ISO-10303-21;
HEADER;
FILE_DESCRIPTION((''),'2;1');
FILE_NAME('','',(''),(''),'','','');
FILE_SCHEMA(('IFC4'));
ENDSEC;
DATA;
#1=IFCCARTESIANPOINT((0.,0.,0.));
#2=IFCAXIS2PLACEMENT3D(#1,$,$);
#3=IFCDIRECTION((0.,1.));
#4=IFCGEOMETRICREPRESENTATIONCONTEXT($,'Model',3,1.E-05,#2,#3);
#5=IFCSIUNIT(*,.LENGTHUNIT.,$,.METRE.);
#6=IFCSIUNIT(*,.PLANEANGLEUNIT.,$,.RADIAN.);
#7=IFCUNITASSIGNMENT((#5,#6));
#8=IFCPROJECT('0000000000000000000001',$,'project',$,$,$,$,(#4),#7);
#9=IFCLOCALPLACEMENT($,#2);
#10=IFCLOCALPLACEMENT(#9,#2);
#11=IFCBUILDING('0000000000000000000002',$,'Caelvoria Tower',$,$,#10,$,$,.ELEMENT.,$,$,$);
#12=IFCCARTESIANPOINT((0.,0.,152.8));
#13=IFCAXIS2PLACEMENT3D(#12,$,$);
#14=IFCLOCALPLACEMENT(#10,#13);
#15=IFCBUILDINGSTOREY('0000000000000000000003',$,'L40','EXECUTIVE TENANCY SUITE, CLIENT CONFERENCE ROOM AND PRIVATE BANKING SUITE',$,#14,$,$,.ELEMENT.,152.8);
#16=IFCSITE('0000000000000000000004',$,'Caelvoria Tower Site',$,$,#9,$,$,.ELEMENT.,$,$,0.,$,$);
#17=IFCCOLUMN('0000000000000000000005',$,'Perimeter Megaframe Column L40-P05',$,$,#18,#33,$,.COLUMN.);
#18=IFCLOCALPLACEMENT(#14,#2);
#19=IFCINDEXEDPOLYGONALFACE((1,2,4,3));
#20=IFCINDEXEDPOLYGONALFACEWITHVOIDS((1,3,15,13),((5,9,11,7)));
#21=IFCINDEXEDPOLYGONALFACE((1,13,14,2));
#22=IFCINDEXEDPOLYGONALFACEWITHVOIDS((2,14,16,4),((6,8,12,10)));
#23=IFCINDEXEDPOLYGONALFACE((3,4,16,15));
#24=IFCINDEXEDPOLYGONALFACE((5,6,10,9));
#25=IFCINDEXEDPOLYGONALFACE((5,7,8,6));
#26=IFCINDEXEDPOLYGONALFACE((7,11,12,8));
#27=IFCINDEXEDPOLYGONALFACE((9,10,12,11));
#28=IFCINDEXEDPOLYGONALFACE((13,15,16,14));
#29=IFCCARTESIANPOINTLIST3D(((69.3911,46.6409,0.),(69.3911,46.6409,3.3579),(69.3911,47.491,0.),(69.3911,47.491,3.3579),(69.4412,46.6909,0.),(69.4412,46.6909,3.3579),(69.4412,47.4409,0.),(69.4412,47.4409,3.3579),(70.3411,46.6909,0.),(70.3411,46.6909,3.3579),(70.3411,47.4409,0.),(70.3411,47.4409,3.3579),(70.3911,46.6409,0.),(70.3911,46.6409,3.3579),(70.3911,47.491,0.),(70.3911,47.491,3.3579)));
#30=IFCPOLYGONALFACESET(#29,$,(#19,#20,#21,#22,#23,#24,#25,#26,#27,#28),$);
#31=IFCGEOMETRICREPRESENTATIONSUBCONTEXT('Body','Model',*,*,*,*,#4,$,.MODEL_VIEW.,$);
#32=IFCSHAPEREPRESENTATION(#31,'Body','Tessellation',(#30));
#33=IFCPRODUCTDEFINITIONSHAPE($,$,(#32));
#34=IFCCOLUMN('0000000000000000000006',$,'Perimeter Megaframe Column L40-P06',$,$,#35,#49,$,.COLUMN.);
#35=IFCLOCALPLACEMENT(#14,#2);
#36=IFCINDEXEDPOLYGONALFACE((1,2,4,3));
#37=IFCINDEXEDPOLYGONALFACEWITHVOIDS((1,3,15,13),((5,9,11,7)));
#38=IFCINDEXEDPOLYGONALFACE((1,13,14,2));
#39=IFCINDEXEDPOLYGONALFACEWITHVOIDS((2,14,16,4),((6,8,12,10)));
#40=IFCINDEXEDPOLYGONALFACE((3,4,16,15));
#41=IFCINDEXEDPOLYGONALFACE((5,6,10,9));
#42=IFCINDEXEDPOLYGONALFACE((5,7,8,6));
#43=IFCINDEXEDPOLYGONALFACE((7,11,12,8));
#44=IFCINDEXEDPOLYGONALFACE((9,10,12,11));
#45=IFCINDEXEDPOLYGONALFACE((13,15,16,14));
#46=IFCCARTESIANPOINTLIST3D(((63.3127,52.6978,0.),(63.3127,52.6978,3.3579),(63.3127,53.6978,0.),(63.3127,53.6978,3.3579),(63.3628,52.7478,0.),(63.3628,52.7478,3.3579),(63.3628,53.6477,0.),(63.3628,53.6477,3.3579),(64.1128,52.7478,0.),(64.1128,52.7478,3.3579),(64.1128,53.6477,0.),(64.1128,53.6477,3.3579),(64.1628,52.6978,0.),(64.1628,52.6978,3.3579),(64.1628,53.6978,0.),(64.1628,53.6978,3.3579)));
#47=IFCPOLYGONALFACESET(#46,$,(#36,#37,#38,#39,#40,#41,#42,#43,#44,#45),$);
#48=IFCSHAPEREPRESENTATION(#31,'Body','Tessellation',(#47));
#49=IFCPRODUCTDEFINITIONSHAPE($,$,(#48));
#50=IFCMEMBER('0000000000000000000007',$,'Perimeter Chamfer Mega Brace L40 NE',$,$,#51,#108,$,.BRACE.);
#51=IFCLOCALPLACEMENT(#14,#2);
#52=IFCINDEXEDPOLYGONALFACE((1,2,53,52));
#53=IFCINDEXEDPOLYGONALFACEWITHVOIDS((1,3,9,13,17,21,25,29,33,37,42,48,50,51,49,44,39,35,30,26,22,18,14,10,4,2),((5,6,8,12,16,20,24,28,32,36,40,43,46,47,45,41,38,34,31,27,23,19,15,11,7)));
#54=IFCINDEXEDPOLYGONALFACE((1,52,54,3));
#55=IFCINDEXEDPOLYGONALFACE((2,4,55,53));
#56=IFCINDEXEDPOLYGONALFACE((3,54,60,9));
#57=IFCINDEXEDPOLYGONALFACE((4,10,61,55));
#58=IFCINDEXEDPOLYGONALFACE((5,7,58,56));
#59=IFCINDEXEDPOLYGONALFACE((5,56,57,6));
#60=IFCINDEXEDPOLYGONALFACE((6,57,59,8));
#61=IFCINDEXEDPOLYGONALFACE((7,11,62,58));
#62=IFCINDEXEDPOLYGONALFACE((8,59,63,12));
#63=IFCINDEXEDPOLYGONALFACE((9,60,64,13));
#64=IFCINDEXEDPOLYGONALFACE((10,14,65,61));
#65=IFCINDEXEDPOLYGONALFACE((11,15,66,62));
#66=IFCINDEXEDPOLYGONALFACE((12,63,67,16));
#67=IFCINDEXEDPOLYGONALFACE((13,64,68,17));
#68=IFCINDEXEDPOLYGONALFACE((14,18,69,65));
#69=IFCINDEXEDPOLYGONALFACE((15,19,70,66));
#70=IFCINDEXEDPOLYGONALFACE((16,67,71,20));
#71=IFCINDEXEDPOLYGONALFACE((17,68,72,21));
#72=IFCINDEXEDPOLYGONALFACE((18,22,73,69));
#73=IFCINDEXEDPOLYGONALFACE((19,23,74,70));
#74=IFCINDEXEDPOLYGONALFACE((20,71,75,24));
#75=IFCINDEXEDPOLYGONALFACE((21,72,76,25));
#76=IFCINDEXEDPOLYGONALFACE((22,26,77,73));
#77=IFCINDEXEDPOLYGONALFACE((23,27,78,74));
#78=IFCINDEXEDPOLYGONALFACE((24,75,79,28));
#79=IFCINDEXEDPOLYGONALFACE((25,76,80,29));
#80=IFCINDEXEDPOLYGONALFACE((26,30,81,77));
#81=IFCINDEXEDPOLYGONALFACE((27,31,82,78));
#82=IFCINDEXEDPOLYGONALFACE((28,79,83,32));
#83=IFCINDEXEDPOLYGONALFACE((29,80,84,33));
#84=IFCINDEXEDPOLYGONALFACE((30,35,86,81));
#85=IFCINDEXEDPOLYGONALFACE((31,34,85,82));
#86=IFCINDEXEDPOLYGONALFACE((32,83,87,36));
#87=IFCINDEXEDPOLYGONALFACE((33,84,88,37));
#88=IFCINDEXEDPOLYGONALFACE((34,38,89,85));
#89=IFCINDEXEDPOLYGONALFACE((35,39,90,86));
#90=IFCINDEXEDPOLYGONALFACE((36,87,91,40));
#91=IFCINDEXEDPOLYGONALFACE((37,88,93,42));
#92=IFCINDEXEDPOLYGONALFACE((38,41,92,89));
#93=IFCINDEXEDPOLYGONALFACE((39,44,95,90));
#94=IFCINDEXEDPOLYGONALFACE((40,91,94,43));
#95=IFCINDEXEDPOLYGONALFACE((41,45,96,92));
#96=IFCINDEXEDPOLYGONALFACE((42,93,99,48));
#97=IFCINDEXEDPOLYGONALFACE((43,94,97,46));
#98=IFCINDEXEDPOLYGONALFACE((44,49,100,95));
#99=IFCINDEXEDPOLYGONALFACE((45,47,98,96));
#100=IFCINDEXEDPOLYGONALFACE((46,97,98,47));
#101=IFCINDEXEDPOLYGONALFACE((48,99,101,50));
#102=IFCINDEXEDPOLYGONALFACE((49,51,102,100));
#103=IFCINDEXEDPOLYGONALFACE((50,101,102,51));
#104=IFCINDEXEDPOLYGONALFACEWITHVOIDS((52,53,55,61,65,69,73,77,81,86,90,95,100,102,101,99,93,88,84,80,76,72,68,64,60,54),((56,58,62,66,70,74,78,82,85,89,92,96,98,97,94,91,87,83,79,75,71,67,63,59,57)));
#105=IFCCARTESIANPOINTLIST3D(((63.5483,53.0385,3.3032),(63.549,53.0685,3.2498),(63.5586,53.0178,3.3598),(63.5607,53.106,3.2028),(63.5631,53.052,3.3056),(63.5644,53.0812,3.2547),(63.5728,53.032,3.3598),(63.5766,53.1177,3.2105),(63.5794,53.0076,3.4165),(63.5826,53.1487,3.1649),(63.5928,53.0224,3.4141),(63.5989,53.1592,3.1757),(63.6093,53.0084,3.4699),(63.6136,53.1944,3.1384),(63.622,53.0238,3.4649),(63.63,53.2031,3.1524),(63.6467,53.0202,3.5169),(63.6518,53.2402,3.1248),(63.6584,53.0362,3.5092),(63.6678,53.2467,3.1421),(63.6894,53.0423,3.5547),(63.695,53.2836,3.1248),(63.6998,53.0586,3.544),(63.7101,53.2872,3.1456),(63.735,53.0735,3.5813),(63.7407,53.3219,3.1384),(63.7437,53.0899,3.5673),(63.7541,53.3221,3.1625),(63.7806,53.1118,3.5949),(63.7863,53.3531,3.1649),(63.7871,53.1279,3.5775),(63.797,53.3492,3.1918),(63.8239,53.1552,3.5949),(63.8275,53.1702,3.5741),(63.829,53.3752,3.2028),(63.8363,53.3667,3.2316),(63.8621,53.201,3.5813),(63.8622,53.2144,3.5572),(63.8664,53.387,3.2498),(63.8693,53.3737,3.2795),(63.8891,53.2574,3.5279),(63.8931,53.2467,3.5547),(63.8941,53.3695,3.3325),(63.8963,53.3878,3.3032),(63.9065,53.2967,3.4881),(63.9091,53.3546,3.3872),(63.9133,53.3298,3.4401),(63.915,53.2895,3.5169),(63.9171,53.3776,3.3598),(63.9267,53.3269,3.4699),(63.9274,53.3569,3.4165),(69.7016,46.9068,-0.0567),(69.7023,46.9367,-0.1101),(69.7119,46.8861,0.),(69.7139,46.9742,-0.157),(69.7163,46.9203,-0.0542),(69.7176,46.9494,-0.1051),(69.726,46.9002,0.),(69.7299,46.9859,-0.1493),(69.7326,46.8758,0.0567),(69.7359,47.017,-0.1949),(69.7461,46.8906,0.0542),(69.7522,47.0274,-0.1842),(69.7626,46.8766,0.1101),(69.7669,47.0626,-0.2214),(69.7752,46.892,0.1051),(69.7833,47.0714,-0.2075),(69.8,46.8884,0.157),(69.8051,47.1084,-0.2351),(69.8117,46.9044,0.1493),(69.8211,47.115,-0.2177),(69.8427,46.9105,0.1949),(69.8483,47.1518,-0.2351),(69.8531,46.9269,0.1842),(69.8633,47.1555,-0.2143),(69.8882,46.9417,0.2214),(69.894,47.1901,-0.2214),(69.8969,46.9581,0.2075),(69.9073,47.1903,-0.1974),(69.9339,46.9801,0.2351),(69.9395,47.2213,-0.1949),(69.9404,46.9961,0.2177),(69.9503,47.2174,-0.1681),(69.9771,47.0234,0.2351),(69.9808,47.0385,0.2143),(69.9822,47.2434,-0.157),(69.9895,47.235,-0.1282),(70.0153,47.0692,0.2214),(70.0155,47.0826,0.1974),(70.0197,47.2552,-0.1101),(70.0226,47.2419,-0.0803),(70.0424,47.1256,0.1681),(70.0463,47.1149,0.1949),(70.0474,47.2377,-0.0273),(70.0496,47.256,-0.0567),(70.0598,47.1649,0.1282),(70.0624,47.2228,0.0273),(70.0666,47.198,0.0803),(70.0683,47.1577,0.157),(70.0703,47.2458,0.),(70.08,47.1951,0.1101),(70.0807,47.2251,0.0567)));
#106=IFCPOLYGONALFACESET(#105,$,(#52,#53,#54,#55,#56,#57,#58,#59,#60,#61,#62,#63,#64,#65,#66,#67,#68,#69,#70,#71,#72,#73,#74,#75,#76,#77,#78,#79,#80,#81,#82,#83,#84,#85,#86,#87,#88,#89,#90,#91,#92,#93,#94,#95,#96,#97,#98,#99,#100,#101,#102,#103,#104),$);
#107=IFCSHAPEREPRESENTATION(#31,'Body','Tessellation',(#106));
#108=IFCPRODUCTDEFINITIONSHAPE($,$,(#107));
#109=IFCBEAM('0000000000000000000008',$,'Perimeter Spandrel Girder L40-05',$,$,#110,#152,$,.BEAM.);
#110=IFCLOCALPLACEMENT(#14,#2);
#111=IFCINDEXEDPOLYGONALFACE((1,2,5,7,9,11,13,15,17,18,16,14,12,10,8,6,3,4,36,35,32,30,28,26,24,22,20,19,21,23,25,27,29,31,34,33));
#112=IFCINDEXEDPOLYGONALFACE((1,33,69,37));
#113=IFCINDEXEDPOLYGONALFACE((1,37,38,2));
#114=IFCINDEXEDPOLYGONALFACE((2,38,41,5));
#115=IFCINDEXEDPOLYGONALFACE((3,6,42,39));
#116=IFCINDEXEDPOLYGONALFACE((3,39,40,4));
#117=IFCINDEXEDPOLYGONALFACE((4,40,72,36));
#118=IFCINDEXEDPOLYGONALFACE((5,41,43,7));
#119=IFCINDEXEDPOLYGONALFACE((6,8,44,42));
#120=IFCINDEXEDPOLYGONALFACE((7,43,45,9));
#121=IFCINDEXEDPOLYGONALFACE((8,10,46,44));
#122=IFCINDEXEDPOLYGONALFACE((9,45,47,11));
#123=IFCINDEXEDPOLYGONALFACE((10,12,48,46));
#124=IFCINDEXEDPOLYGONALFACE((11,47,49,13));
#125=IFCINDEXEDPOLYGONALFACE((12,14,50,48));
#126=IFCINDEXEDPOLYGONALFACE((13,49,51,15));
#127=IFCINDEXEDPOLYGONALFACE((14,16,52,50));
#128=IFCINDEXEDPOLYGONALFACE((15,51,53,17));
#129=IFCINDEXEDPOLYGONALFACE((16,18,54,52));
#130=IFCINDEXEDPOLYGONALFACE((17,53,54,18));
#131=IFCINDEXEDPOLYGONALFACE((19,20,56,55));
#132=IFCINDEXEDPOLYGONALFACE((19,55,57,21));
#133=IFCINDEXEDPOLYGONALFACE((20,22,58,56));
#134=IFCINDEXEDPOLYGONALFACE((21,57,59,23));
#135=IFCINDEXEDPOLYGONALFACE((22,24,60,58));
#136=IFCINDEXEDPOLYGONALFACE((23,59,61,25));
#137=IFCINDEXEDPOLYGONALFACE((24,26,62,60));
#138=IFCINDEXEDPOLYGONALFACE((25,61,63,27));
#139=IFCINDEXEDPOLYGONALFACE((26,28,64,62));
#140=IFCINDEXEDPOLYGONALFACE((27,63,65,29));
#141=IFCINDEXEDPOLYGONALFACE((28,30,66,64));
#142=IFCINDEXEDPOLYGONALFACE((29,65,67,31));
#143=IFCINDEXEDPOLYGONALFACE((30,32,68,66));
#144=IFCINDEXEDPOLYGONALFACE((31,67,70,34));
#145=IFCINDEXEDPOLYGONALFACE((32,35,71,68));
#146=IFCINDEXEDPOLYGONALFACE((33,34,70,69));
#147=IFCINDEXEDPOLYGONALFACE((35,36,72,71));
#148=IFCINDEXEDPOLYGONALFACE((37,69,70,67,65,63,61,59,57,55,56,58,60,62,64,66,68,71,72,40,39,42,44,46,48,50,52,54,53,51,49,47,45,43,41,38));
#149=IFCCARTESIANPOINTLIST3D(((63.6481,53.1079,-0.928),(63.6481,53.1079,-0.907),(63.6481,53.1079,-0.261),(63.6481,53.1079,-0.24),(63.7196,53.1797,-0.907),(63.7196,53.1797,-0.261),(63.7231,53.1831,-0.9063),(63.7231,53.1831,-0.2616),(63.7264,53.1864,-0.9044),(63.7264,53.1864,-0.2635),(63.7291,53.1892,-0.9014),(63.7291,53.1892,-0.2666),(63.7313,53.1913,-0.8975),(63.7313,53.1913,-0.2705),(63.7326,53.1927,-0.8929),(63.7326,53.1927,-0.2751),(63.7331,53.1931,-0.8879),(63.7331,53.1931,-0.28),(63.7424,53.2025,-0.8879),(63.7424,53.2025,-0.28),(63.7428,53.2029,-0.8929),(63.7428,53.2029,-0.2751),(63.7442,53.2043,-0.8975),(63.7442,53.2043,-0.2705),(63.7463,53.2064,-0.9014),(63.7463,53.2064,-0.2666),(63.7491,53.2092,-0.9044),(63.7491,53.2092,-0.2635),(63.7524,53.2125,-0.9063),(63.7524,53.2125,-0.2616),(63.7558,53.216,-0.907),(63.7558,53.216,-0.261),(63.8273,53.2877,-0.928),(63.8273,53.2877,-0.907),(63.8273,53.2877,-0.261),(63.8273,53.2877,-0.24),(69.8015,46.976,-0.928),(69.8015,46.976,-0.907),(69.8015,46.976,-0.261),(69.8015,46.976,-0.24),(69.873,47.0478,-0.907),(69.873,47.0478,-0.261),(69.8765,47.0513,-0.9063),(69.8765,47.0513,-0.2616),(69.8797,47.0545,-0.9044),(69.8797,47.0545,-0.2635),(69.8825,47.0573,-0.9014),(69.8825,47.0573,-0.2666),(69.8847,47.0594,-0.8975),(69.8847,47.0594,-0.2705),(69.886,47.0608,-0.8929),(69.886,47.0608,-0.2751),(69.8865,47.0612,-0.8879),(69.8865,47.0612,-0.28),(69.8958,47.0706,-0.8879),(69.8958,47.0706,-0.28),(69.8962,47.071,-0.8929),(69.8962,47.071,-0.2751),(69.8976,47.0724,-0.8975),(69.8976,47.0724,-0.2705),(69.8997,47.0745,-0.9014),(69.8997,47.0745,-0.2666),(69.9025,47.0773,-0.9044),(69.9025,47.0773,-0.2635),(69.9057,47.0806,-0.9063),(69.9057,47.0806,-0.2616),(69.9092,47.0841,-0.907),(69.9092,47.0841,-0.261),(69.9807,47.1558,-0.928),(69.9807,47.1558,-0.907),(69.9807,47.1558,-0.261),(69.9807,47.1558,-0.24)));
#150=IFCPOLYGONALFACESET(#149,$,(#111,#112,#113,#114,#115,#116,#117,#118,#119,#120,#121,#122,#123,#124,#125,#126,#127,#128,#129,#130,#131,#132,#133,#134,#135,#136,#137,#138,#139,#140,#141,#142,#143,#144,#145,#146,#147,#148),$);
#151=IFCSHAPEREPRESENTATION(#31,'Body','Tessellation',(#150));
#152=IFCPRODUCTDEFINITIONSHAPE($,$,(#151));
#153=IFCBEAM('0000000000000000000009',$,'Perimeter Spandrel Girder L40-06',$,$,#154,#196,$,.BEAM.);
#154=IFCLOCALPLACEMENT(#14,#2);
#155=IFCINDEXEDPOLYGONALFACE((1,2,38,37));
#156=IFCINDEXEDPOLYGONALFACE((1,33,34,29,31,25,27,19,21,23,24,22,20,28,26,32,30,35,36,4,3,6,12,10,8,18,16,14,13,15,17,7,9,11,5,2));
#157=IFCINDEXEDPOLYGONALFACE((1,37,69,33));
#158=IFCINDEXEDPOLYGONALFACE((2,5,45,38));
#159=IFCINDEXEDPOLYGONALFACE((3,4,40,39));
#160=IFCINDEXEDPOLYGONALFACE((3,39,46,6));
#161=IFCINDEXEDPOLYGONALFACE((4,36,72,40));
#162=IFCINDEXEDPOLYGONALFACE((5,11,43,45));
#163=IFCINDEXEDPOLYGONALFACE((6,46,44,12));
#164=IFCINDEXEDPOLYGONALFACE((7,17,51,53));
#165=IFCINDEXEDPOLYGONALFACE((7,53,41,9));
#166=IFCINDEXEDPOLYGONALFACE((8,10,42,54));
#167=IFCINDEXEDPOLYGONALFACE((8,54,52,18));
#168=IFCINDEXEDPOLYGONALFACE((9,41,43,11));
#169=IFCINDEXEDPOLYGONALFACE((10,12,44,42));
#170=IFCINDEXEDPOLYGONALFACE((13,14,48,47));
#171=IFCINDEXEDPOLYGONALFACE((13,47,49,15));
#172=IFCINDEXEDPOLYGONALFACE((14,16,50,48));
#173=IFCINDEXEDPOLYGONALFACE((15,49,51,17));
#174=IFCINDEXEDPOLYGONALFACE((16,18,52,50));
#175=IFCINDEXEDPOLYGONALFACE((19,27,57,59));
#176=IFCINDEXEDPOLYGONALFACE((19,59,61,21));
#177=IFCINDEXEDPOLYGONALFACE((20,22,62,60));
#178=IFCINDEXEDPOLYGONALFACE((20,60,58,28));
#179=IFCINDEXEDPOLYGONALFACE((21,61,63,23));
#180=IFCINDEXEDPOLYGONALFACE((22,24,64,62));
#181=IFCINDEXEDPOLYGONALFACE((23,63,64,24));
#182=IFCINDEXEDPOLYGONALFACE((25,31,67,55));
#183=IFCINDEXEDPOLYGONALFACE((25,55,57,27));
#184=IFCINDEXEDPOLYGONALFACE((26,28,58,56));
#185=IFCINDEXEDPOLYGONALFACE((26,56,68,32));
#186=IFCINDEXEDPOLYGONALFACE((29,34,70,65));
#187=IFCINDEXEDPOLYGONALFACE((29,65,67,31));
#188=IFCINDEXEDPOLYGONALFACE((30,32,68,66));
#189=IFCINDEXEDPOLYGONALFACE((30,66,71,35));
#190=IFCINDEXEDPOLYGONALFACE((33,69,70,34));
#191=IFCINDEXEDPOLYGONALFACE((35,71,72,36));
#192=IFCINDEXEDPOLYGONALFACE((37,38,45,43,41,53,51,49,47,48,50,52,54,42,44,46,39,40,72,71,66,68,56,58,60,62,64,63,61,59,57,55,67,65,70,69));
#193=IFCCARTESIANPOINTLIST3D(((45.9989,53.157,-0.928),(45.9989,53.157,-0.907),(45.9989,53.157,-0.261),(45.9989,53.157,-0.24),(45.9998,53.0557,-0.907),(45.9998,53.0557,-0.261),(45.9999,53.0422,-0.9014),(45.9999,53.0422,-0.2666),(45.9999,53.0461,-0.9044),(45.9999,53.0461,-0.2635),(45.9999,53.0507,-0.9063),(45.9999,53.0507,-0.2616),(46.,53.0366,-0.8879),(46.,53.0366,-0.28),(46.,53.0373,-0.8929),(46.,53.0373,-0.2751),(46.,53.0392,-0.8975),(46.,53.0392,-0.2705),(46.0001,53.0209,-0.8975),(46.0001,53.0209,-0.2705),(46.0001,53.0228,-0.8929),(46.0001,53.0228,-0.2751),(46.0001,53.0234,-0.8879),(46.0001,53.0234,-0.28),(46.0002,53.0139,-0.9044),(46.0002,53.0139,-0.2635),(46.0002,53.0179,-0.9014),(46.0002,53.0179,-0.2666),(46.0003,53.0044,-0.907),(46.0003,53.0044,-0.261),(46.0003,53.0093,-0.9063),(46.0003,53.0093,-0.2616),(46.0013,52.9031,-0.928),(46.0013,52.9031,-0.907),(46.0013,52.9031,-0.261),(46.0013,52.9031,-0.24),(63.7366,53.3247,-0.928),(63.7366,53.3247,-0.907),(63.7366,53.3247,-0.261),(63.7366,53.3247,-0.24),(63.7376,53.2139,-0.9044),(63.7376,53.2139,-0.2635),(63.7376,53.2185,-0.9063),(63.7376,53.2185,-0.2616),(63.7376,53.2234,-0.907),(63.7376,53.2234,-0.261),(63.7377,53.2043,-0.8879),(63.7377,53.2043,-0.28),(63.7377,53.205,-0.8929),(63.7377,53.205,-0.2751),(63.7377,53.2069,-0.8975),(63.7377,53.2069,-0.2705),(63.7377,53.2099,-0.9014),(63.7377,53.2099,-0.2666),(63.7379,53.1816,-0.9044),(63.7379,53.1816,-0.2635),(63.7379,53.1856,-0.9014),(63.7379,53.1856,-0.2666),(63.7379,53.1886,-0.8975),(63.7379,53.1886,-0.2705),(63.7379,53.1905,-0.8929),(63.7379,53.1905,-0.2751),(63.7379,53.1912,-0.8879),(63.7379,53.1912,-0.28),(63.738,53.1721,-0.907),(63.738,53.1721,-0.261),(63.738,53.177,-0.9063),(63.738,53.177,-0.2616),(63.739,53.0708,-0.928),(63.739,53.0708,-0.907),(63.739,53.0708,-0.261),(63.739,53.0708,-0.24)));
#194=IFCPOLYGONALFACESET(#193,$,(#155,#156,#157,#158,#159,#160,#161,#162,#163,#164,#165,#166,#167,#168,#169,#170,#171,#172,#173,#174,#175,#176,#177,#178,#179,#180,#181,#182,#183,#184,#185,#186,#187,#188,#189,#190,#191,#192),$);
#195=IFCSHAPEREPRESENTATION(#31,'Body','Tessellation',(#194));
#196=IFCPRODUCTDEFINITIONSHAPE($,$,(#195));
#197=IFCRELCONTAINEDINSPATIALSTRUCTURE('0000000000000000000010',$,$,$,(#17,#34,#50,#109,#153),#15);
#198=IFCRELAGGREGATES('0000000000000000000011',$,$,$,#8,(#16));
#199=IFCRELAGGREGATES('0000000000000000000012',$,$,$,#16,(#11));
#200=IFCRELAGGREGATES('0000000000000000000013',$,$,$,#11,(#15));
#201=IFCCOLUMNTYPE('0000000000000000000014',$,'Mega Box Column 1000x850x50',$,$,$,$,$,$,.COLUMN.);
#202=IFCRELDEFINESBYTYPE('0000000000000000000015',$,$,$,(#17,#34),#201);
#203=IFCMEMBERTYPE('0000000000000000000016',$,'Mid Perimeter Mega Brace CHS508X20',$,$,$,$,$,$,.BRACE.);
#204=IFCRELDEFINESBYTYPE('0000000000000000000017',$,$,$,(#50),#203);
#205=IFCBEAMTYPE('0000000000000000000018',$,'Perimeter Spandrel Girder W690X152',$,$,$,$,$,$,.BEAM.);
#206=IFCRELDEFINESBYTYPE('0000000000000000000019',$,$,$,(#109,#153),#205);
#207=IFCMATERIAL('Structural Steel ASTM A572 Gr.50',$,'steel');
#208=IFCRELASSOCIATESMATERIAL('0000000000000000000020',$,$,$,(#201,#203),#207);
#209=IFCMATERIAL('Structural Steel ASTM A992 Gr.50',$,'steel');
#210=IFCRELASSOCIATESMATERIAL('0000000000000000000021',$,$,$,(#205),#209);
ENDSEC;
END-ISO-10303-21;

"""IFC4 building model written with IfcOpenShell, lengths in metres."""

from ifc_helpers import new_model, si_unit, direction, frame, origin, origin_2d, place, context, subcontext, project, spatial, hollow_rectangle, hollow_circle, i_section, extrude, material, material_profile, profile_set, type_object, element, save


model = new_model("IFC4")

# Units and contexts
model_context = context("Model", 3, precision=1e-05, world=origin(), true_north=direction((0.0, 1.0)))
body_context = subcontext(model_context, "Body", "Model", "MODEL_VIEW")
ifc_project = project(units=[si_unit("LENGTHUNIT", "METRE"), si_unit("PLANEANGLEUNIT", "RADIAN")], contexts=[model_context])

# Site, building, storey
site_placement = place(None, origin())
site = spatial("IfcSite", under=ifc_project, at=site_placement, Name="Caelvoria Tower Site", CompositionType="ELEMENT", RefElevation=0.0)
building_placement = place(site_placement, origin())
building = spatial("IfcBuilding", under=site, at=building_placement, Name="Caelvoria Tower", CompositionType="ELEMENT")
storey_placement = place(building_placement, frame((0.0, 0.0, 152.8)))
storey = spatial("IfcBuildingStorey", under=building, at=storey_placement, Name="L40", Description="EXECUTIVE TENANCY SUITE, CLIENT CONFERENCE ROOM AND PRIVATE BANKING SUITE", CompositionType="ELEMENT", Elevation=152.8)

# Columns
ifc_material_1 = material(Name="Structural Steel ASTM A572 Gr.50", Category="steel")
ifc_material_profile_1 = material_profile(ifc_material_1, hollow_rectangle(XDim=0.8501, YDim=1.0, WallThickness=0.05, at=origin_2d()), Name="Structural Steel ASTM A572 Gr.50")
ifc_profile_set_1 = profile_set([ifc_material_profile_1], Name="BOX1000X850X50 - Structural Steel ASTM A572 Gr.50")
column_type = type_object("IfcColumnType", Name="Mega Box Column 1000x850x50", PredefinedType="COLUMN", material=ifc_profile_set_1)
for number, where, z_axis, x_axis, name in (
    (1, (69.8911, 47.0659, 0.0), (0.0, 0.0, 1.0), (0.0, 1.0, 0.0), "Perimeter Megaframe Column L40-P05"),
    (2, (63.7378, 53.1978, 0.0), (0.0, 0.0, 1.0), (1.0, 0.0, 0.0), "Perimeter Megaframe Column L40-P06"),
):
    element("IfcColumn", number, at=place(storey_placement, frame(where, z_axis=z_axis, x_axis=x_axis)), inside=storey, type_object=column_type, Name=name, PredefinedType="COLUMN", context=body_context, shape_type="SweptSolid", body=[
        extrude(hollow_rectangle(XDim=0.8501, YDim=1.0, WallThickness=0.05, at=origin_2d()), origin(), (0.0, 0.0, 1.0), 3.3579),
    ])

# Member
ifc_material_profile_2 = material_profile(ifc_material_1, hollow_circle(Radius=0.2539, WallThickness=0.02, at=origin_2d()), Name="Structural Steel ASTM A572 Gr.50")
ifc_profile_set_2 = profile_set([ifc_material_profile_2], Name="CHS508X20 - Structural Steel ASTM A572 Gr.50")
member_type = type_object("IfcMemberType", Name="Mid Perimeter Mega Brace CHS508X20", PredefinedType="BRACE", material=ifc_profile_set_2)
member_placement = place(storey_placement, frame((69.8911, 47.0659, 0.0), z_axis=(-0.66065, 0.658343, 0.360731), x_axis=(-0.705869, -0.708342, 0.0)))
element("IfcMember", 3, at=member_placement, inside=storey, type_object=member_type, Name="Perimeter Chamfer Mega Brace L40 NE", PredefinedType="BRACE", context=body_context, shape_type="SweptSolid", body=[
    extrude(hollow_circle(Radius=0.2539, WallThickness=0.02, at=origin_2d()), origin(), (0.0, 0.0, 1.0), 9.314),
])

# Beams
ifc_material_2 = material(Name="Structural Steel ASTM A992 Gr.50", Category="steel")
ifc_material_profile_3 = material_profile(ifc_material_2, i_section(OverallWidth=0.2539, OverallDepth=0.688, WebThickness=0.0132, FlangeThickness=0.021, FilletRadius=0.019, at=origin_2d()), Name="Structural Steel ASTM A992 Gr.50")
ifc_profile_set_3 = profile_set([ifc_material_profile_3], Name="W690X152 - Structural Steel ASTM A992 Gr.50")
beam_type_1 = type_object("IfcBeamType", Name="Perimeter Spandrel Girder W690X152", PredefinedType="BEAM", material=ifc_profile_set_3)
beam_1_placement = place(storey_placement, frame((69.8911, 47.0659, -0.584), z_axis=(-0.708342, 0.705869, 0.0), x_axis=(-0.705869, -0.708342, 0.0)))
element("IfcBeam", 4, at=beam_1_placement, inside=storey, type_object=beam_type_1, Name="Perimeter Spandrel Girder L40-05", PredefinedType="BEAM", context=body_context, shape_type="SweptSolid", body=[
    extrude(i_section(OverallWidth=0.2539, OverallDepth=0.688, WebThickness=0.0132, FlangeThickness=0.021, FilletRadius=0.019, at=origin_2d()), origin(), (0.0, 0.0, 1.0), 8.687),
])
beam_2_placement = place(storey_placement, frame((63.7378, 53.1978, -0.584), z_axis=(-0.999955, -0.009455, 0.0), x_axis=(0.009455, -0.999955, 0.0)))
element("IfcBeam", 5, at=beam_2_placement, inside=storey, type_object=beam_type_1, Name="Perimeter Spandrel Girder L40-06", PredefinedType="BEAM", context=body_context, shape_type="SweptSolid", body=[
    extrude(i_section(OverallWidth=0.2539, OverallDepth=0.688, WebThickness=0.0132, FlangeThickness=0.021, FilletRadius=0.019, at=origin_2d()), origin(), (0.0, 0.0, 1.0), 17.7385),
])

save(model, "model.ifc")
